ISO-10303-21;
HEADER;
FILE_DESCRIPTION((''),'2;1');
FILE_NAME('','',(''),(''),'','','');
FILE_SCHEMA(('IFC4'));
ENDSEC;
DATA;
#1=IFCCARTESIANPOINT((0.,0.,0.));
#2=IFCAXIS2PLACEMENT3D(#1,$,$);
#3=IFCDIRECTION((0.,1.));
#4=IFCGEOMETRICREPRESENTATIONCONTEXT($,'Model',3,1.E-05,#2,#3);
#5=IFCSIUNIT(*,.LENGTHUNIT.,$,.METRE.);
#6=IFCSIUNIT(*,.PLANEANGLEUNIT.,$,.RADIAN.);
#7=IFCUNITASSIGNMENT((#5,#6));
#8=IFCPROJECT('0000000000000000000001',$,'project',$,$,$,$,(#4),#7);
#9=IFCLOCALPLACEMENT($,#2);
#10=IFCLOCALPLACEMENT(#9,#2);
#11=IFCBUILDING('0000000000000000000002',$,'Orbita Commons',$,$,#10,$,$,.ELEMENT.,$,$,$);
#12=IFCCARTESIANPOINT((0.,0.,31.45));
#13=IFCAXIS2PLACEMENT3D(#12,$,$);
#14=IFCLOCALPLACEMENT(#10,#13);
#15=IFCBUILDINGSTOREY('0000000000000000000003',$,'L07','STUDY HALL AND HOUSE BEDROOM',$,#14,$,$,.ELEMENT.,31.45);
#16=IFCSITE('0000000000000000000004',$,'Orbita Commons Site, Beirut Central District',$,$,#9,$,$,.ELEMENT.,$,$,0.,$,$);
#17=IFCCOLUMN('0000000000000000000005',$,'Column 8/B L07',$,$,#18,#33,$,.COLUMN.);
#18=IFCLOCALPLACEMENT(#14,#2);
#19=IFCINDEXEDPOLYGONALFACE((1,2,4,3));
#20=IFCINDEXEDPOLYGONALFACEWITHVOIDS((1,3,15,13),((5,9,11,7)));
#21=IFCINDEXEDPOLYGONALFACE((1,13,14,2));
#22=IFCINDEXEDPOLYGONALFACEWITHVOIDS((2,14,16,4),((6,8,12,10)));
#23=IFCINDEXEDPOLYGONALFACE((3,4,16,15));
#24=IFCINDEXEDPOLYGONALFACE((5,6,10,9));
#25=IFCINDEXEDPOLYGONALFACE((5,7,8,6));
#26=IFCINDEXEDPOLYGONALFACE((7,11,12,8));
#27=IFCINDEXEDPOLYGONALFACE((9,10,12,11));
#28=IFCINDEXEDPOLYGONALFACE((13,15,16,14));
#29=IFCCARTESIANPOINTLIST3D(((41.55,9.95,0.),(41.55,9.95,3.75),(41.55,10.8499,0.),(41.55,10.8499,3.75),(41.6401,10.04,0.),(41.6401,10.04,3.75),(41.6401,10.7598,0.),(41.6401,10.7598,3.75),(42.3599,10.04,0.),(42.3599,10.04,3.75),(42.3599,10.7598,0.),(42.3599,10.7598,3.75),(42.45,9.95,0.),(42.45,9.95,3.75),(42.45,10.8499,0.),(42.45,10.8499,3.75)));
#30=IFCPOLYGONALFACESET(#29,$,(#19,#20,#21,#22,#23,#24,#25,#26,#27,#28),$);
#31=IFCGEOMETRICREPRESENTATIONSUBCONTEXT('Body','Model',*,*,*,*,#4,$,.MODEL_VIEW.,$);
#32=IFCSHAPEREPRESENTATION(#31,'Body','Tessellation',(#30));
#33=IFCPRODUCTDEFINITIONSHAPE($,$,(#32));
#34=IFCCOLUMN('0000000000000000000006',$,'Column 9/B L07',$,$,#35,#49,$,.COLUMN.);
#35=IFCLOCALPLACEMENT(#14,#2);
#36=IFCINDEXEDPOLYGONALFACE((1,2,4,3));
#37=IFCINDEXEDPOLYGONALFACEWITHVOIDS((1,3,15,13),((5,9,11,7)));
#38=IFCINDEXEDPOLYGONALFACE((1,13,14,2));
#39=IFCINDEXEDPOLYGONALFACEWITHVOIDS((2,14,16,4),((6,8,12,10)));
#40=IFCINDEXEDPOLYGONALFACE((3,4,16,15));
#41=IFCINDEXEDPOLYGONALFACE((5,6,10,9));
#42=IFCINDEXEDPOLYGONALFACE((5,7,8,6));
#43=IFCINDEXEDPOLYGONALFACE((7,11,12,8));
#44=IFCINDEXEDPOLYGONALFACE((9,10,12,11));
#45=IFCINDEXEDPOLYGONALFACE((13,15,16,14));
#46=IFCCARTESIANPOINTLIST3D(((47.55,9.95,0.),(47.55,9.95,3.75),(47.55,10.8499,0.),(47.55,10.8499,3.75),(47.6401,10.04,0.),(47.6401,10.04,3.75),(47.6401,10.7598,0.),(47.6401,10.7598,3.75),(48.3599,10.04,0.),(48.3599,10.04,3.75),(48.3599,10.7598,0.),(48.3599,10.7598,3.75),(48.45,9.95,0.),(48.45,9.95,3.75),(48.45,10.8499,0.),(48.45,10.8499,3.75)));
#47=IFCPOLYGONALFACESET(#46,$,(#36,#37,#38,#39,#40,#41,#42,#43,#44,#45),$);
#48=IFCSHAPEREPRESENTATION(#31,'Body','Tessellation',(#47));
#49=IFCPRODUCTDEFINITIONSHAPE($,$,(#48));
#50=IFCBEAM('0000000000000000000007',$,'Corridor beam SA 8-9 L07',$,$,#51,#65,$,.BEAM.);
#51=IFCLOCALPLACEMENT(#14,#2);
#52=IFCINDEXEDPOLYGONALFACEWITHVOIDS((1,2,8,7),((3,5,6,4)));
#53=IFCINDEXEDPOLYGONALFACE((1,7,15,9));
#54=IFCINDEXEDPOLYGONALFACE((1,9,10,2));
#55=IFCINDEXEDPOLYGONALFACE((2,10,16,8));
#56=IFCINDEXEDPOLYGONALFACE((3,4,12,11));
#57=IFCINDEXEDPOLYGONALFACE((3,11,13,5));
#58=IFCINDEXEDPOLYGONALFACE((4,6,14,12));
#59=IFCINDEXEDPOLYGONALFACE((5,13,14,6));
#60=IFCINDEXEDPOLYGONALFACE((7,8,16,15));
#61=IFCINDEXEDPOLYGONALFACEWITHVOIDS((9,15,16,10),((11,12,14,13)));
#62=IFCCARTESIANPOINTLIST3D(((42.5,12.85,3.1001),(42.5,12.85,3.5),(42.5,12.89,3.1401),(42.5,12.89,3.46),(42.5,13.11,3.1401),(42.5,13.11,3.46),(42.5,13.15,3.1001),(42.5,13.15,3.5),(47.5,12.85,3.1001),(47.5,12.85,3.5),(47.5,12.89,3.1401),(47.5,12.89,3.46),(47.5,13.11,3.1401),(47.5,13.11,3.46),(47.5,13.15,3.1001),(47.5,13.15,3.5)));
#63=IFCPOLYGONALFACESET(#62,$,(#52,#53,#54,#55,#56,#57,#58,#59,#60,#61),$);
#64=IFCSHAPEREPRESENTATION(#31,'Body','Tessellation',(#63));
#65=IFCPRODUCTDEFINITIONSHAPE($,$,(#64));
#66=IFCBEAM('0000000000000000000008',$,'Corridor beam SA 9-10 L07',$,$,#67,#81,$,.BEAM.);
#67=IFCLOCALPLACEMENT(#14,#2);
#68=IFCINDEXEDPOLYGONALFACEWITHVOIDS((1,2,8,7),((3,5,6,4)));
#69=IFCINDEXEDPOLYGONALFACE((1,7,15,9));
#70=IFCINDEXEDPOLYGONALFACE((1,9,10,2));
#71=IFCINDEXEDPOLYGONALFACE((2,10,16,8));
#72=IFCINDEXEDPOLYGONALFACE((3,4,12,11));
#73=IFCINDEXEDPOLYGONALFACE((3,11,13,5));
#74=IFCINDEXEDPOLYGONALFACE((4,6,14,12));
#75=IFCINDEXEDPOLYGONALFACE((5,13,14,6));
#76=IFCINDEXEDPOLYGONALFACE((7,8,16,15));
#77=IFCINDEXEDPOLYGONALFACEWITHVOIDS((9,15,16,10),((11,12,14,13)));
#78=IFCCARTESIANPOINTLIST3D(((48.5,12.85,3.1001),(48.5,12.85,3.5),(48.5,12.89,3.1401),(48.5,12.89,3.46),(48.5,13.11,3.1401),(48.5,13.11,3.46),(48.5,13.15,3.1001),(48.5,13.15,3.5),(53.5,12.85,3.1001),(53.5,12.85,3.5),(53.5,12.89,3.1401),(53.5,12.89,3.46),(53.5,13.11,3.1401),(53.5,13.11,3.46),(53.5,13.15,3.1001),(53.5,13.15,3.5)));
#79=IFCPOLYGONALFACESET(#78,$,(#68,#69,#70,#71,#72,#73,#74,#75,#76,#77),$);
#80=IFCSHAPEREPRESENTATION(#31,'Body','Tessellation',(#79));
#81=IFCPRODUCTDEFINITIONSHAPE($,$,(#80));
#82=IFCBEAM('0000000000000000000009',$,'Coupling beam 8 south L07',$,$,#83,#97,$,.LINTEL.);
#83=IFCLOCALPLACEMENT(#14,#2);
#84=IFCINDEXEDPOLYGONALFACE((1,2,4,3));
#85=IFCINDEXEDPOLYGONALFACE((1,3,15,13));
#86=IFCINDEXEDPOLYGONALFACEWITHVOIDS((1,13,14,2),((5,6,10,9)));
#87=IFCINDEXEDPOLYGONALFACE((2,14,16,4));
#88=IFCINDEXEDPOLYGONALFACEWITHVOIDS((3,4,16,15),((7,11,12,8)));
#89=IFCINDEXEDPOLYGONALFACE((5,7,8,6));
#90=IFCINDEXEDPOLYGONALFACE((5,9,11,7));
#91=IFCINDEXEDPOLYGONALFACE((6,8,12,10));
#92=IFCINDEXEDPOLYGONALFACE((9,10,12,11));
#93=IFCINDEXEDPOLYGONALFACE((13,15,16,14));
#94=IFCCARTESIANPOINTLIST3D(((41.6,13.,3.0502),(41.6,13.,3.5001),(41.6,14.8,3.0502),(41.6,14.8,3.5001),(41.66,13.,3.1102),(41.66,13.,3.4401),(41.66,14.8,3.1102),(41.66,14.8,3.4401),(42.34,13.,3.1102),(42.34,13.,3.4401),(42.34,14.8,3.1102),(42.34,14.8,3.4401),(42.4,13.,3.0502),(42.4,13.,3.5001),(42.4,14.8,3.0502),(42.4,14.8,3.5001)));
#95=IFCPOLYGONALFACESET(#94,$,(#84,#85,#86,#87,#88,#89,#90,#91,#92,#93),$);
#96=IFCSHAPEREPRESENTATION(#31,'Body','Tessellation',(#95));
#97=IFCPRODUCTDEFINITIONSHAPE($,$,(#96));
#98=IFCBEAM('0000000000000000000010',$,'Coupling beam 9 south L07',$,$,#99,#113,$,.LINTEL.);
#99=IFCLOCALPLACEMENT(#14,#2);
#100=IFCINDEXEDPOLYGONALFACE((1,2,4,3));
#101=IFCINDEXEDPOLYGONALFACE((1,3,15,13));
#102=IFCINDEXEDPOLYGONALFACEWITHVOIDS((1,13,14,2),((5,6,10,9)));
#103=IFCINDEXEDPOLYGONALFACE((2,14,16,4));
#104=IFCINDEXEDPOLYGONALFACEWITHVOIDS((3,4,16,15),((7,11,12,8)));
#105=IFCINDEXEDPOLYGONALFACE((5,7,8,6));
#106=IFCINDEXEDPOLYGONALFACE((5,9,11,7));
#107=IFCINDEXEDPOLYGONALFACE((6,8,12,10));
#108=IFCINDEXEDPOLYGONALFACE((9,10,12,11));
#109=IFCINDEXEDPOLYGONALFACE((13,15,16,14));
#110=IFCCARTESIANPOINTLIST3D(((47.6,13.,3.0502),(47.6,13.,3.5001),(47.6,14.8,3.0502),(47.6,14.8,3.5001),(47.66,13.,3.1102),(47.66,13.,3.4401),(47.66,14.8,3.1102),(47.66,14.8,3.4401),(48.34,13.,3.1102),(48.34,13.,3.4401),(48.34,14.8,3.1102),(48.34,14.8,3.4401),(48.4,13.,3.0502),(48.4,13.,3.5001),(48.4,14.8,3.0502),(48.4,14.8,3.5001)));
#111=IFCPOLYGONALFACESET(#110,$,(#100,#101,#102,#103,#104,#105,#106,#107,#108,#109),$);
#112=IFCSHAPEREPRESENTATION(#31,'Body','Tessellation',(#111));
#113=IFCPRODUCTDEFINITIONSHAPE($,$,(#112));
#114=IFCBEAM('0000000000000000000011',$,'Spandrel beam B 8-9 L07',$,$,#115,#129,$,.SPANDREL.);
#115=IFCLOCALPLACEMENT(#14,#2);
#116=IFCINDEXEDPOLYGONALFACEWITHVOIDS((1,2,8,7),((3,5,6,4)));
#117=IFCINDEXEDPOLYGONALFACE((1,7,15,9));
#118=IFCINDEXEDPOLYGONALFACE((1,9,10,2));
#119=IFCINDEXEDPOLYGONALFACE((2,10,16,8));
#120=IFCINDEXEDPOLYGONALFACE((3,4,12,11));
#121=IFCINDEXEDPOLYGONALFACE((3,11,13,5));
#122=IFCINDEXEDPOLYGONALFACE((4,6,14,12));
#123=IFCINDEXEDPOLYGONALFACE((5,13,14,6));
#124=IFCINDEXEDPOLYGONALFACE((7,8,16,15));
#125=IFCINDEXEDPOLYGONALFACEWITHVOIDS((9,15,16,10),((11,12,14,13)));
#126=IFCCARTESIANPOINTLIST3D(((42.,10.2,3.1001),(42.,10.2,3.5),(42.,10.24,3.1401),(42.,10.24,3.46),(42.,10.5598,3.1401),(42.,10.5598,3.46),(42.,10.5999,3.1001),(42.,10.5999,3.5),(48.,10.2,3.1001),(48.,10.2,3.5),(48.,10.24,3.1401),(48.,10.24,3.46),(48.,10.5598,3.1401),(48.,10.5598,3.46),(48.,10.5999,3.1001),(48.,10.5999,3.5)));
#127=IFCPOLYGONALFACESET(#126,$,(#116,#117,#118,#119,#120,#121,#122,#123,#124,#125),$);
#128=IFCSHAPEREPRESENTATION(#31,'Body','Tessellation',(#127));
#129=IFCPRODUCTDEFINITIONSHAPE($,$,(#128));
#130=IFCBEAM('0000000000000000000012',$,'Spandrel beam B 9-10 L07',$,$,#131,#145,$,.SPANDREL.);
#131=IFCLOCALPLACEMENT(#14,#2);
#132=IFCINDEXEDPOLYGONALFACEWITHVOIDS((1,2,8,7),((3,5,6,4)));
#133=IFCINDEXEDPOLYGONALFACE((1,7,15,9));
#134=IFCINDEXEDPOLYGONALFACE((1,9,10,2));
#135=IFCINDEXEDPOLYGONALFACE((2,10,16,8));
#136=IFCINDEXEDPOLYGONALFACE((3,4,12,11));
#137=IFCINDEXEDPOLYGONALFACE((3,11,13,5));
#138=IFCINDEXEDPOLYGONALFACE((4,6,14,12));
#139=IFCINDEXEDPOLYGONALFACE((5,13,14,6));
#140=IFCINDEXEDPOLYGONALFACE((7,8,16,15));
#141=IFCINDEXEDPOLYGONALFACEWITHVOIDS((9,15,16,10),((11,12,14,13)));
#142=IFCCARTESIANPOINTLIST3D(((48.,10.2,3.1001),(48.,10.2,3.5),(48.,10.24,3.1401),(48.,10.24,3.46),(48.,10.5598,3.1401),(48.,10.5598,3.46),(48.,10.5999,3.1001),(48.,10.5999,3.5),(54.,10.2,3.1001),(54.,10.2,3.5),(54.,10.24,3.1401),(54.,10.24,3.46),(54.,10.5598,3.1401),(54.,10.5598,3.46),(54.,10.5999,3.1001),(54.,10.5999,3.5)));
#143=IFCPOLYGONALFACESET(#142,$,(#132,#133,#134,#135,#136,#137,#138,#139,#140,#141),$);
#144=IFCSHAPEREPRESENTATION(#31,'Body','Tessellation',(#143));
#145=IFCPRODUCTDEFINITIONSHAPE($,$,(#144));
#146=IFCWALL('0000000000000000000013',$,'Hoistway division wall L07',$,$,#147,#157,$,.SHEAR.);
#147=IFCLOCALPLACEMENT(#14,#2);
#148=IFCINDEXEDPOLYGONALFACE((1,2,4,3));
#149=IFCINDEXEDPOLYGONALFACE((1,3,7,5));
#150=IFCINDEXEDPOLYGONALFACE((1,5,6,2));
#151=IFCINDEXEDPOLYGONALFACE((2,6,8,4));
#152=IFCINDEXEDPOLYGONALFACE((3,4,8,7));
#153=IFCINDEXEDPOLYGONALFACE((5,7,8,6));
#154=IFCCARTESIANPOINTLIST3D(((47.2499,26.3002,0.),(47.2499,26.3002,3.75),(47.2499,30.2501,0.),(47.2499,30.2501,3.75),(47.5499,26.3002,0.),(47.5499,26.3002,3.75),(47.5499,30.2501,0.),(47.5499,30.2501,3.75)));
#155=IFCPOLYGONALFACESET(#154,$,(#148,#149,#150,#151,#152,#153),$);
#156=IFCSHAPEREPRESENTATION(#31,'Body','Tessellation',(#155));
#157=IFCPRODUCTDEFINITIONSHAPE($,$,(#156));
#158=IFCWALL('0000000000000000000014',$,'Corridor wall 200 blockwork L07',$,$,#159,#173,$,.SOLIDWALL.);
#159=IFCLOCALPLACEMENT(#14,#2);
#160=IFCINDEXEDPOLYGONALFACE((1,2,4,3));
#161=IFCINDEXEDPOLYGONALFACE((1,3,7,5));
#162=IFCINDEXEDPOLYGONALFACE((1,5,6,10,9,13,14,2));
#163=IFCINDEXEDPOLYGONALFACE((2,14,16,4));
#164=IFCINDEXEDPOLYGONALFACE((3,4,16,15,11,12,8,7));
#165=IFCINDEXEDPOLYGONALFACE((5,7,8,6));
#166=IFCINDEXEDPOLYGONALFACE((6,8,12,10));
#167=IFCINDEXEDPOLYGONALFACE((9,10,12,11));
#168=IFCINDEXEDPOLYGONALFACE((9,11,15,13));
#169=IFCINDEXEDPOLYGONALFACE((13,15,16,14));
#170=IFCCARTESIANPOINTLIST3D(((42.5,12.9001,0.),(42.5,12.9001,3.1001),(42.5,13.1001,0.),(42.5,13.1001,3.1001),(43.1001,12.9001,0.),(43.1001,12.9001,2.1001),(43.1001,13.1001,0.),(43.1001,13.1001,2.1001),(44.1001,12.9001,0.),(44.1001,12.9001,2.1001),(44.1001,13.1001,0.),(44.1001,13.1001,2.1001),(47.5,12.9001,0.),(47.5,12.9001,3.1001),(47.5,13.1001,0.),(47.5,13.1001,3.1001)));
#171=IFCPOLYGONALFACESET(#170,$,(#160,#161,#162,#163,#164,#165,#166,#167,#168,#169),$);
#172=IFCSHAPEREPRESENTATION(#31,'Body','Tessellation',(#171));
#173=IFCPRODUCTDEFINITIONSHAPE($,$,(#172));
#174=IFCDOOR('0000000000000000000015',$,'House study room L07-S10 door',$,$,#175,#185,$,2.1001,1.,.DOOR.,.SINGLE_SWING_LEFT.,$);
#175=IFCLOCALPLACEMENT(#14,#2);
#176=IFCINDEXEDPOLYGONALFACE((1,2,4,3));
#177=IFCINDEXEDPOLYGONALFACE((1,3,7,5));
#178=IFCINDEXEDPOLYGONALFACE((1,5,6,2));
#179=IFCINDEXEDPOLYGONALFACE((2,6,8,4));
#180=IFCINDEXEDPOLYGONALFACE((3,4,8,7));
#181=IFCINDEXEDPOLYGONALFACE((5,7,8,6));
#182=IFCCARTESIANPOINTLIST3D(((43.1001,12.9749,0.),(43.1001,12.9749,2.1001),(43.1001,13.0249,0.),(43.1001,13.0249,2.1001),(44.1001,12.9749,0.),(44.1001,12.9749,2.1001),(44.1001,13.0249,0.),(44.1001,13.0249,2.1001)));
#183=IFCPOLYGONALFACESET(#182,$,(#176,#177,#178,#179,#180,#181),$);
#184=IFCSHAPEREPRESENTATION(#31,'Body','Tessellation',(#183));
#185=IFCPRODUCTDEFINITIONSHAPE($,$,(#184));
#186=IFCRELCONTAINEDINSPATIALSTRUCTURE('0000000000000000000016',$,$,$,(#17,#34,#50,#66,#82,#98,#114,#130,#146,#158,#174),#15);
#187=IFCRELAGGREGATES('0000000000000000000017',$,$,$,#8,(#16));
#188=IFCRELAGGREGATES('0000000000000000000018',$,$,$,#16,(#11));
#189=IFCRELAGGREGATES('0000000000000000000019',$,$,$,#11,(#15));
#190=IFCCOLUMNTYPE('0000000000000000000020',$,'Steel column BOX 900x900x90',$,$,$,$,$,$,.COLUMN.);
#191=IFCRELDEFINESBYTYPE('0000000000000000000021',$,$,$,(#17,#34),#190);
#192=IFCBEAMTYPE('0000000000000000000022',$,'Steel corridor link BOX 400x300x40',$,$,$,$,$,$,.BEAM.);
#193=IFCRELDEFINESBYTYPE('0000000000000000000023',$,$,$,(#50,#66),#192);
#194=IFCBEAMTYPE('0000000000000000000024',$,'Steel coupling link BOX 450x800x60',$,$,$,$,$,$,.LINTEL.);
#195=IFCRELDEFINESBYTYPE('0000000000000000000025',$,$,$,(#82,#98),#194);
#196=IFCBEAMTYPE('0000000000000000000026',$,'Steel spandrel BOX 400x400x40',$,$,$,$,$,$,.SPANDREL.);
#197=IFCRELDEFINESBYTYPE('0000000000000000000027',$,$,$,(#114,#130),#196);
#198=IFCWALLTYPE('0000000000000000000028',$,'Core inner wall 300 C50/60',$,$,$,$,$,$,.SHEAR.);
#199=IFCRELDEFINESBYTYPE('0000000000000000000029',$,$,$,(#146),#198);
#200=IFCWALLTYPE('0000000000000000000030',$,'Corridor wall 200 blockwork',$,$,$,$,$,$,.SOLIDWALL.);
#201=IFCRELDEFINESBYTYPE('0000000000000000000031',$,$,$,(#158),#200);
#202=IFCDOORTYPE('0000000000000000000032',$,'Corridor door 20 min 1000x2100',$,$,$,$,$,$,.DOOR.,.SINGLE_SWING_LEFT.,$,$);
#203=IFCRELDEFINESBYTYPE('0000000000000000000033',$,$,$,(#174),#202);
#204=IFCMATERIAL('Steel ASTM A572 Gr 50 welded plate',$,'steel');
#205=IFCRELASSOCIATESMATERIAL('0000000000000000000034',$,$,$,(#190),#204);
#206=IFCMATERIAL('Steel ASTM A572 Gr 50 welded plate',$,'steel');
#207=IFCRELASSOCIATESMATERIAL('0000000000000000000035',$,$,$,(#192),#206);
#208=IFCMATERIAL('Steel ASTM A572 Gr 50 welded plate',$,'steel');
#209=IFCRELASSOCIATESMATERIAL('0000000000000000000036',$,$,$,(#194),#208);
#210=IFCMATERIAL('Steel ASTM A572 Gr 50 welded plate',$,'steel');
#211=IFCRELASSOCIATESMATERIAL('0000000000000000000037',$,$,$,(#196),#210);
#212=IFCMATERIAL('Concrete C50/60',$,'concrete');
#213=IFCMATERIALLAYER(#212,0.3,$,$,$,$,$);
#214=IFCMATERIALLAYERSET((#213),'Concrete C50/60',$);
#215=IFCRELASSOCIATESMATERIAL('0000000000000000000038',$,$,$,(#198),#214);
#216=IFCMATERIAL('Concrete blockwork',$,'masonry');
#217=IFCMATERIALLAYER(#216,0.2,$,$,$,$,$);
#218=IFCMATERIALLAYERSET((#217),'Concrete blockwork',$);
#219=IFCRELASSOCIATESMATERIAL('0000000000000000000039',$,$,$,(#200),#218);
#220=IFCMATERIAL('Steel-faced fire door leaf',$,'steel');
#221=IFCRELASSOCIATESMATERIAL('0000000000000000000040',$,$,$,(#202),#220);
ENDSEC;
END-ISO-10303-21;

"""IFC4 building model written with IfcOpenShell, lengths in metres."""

from ifc_helpers import new_model, si_unit, direction, frame, frame_2d, origin, origin_2d, place, context, subcontext, project, spatial, polyline, rectangle, hollow_rectangle, outline, extrude, material, layer, layer_set, material_profile, profile_set, type_object, element, fill, save


model = new_model("IFC4")

# Units and contexts
model_context = context("Model", 3, precision=1e-05, world=origin(), true_north=direction((0.0, 1.0)))
body_context = subcontext(model_context, "Body", "Model", "MODEL_VIEW")
ifc_project = project(units=[si_unit("LENGTHUNIT", "METRE"), si_unit("PLANEANGLEUNIT", "RADIAN")], contexts=[model_context])

# Site, building, storey
site_placement = place(None, origin())
site = spatial("IfcSite", under=ifc_project, at=site_placement, Name="Orbita Commons Site, Beirut Central District", CompositionType="ELEMENT", RefElevation=0.0)
building_placement = place(site_placement, origin())
building = spatial("IfcBuilding", under=site, at=building_placement, Name="Orbita Commons", CompositionType="ELEMENT")
storey_placement = place(building_placement, frame((0.0, 0.0, 31.45)))
storey = spatial("IfcBuildingStorey", under=building, at=storey_placement, Name="L07", Description="STUDY HALL AND HOUSE BEDROOM", CompositionType="ELEMENT", Elevation=31.45)

# Columns
ifc_material_1 = material(Name="Steel ASTM A572 Gr 50 welded plate", Category="steel")
ifc_material_profile_1 = material_profile(ifc_material_1, hollow_rectangle(XDim=0.8999, YDim=0.8999, WallThickness=0.0901, at=origin_2d()), Name="BOX 900x900x90")
ifc_profile_set_1 = profile_set([ifc_material_profile_1], Name="Steel ASTM A572 Gr 50 welded plate")
column_type = type_object("IfcColumnType", Name="Steel column BOX 900x900x90", PredefinedType="COLUMN", material=ifc_profile_set_1)
for number, where, z_axis, x_axis, name in (
    (1, (42.0, 10.3999, 0.0), (0.0, 0.0, 1.0), (1.0, 0.0, 0.0), "Column 8/B L07"),
    (2, (48.0, 10.3999, 0.0), (0.0, 0.0, 1.0), (1.0, 0.0, 0.0), "Column 9/B L07"),
):
    element("IfcColumn", number, at=place(storey_placement, frame(where, z_axis=z_axis, x_axis=x_axis)), inside=storey, type_object=column_type, Name=name, PredefinedType="COLUMN", context=body_context, shape_type="SweptSolid", body=[
        extrude(hollow_rectangle(XDim=0.8999, YDim=0.8999, WallThickness=0.0901, at=origin_2d()), origin(), (0.0, 0.0, 1.0), 3.75),
    ])

# Beams
ifc_material_2 = material(Name="Steel ASTM A572 Gr 50 welded plate", Category="steel")
ifc_material_profile_2 = material_profile(ifc_material_2, hollow_rectangle(XDim=0.3, YDim=0.3999, WallThickness=0.04, at=origin_2d()), Name="BOX 400x300x40")
ifc_profile_set_2 = profile_set([ifc_material_profile_2], Name="Steel ASTM A572 Gr 50 welded plate")
beam_type_1 = type_object("IfcBeamType", Name="Steel corridor link BOX 400x300x40", PredefinedType="BEAM", material=ifc_profile_set_2)
for number, where, z_axis, x_axis, name in (
    (3, (42.5, 13.0, 3.3), (1.0, 0.0, 0.0), (0.0, 1.0, 0.0), "Corridor beam SA 8-9 L07"),
    (4, (48.5, 13.0, 3.3), (1.0, 0.0, 0.0), (0.0, 1.0, 0.0), "Corridor beam SA 9-10 L07"),
):
    element("IfcBeam", number, at=place(storey_placement, frame(where, z_axis=z_axis, x_axis=x_axis)), inside=storey, type_object=beam_type_1, Name=name, PredefinedType="BEAM", context=body_context, shape_type="SweptSolid", body=[
        extrude(hollow_rectangle(XDim=0.3, YDim=0.3999, WallThickness=0.04, at=origin_2d()), origin(), (0.0, 0.0, 1.0), 5.0),
    ])
ifc_material_3 = material(Name="Steel ASTM A572 Gr 50 welded plate", Category="steel")
ifc_material_profile_3 = material_profile(ifc_material_3, hollow_rectangle(XDim=0.8, YDim=0.45, WallThickness=0.0601, at=origin_2d()), Name="BOX 450x800x60")
ifc_profile_set_3 = profile_set([ifc_material_profile_3], Name="Steel ASTM A572 Gr 50 welded plate")
beam_type_2 = type_object("IfcBeamType", Name="Steel coupling link BOX 450x800x60", PredefinedType="LINTEL", material=ifc_profile_set_3)
for number, where, z_axis, x_axis, name in (
    (5, (42.0, 13.0, 3.2751), (0.0, 1.0, 0.0), (-1.0, 0.0, 0.0), "Coupling beam 8 south L07"),
    (6, (48.0, 13.0, 3.2751), (0.0, 1.0, 0.0), (-1.0, 0.0, 0.0), "Coupling beam 9 south L07"),
):
    element("IfcBeam", number, at=place(storey_placement, frame(where, z_axis=z_axis, x_axis=x_axis)), inside=storey, type_object=beam_type_2, Name=name, PredefinedType="LINTEL", context=body_context, shape_type="SweptSolid", body=[
        extrude(hollow_rectangle(XDim=0.8, YDim=0.45, WallThickness=0.0601, at=origin_2d()), origin(), (0.0, 0.0, 1.0), 1.8),
    ])
ifc_material_4 = material(Name="Steel ASTM A572 Gr 50 welded plate", Category="steel")
ifc_material_profile_4 = material_profile(ifc_material_4, hollow_rectangle(XDim=0.3999, YDim=0.3999, WallThickness=0.04, at=origin_2d()), Name="BOX 400x400x40")
ifc_profile_set_4 = profile_set([ifc_material_profile_4], Name="Steel ASTM A572 Gr 50 welded plate")
beam_type_3 = type_object("IfcBeamType", Name="Steel spandrel BOX 400x400x40", PredefinedType="SPANDREL", material=ifc_profile_set_4)
for number, where, z_axis, x_axis, name in (
    (7, (42.0, 10.3999, 3.3), (1.0, 0.0, 0.0), (0.0, 1.0, 0.0), "Spandrel beam B 8-9 L07"),
    (8, (48.0, 10.3999, 3.3), (1.0, 0.0, 0.0), (0.0, 1.0, 0.0), "Spandrel beam B 9-10 L07"),
):
    element("IfcBeam", number, at=place(storey_placement, frame(where, z_axis=z_axis, x_axis=x_axis)), inside=storey, type_object=beam_type_3, Name=name, PredefinedType="SPANDREL", context=body_context, shape_type="SweptSolid", body=[
        extrude(hollow_rectangle(XDim=0.3999, YDim=0.3999, WallThickness=0.04, at=origin_2d()), origin(), (0.0, 0.0, 1.0), 6.0),
    ])

# Wall
ifc_material_5 = material(Name="Concrete C50/60", Category="concrete")
ifc_layer_1 = layer(ifc_material_5, 0.3)
ifc_layer_set_1 = layer_set([ifc_layer_1], Name="Concrete C50/60")
wall_type_1 = type_object("IfcWallType", Name="Core inner wall 300 C50/60", PredefinedType="SHEAR", material=ifc_layer_set_1)
wall_1_placement = place(storey_placement, frame((47.3999, 26.3, 0.0), z_axis=(0.0, 0.0, 1.0), x_axis=(0.0, 1.0, 0.0)))
element("IfcWall", 9, at=wall_1_placement, inside=storey, type_object=wall_type_1, Name="Hoistway division wall L07", PredefinedType="SHEAR", context=body_context, shape_type="SweptSolid", body=[
    extrude(rectangle(XDim=3.95, YDim=0.3, at=frame_2d((1.9751, 0.0))), origin(), (0.0, 0.0, 1.0), 3.75),
])

# Wall, opening, door
ifc_material_6 = material(Name="Concrete blockwork", Category="masonry")
ifc_layer_2 = layer(ifc_material_6, 0.2)
ifc_layer_set_2 = layer_set([ifc_layer_2], Name="Concrete blockwork")
wall_type_2 = type_object("IfcWallType", Name="Corridor wall 200 blockwork", PredefinedType="SOLIDWALL", material=ifc_layer_set_2)
wall_2_placement = place(storey_placement, frame((42.5, 13.0, 0.0), z_axis=(0.0, 0.0, 1.0), x_axis=(1.0, 0.0, 0.0)))
wall_2 = element("IfcWall", 10, at=wall_2_placement, inside=storey, type_object=wall_type_2, Name="Corridor wall 200 blockwork L07", PredefinedType="SOLIDWALL", context=body_context, shape_type="SweptSolid", body=[
    extrude(outline(polyline([(0.0, 0.0), (5.0, 0.0), (5.0, 3.1001), (0.0, 3.1001), (0.0, 0.0)])), frame((0.0, 0.1001, 0.0), z_axis=(0.0, -1.0, 0.0), x_axis=(1.0, 0.0, 0.0)), (0.0, 0.0, 1.0), 0.2),
])
opening_1_placement = place(wall_2_placement, frame((0.6001, 0.0, 0.0)))
opening_1 = element("IfcOpeningElement", 11, at=opening_1_placement, cuts=wall_2, PredefinedType="OPENING", context=body_context, shape_type="SweptSolid", body=[
    extrude(rectangle(XDim=1.0, YDim=2.1001, at=frame_2d((0.5, 1.05))), frame((0.0, 0.1099, 0.0), z_axis=(0.0, -1.0, 0.0), x_axis=(1.0, 0.0, 0.0)), (0.0, 0.0, 1.0), 0.22),
])
ifc_material_7 = material(Name="Steel-faced fire door leaf", Category="steel")
door_type_1 = type_object("IfcDoorType", Name="Corridor door 20 min 1000x2100", OperationType="SINGLE_SWING_LEFT", PredefinedType="DOOR", material=ifc_material_7)
door_1_placement = place(opening_1_placement, origin())
door_1 = element("IfcDoor", 12, at=door_1_placement, inside=storey, type_object=door_type_1, Name="House study room L07-S10 door", OperationType="SINGLE_SWING_LEFT", OverallHeight=2.1001, OverallWidth=1.0, PredefinedType="DOOR", context=body_context, shape_type="SweptSolid", body=[
    extrude(rectangle(XDim=1.0, YDim=2.1001, at=frame_2d((0.5, 1.05))), frame((0.0, 0.0249, 0.0), z_axis=(0.0, -1.0, 0.0), x_axis=(1.0, 0.0, 0.0)), (0.0, 0.0, 1.0), 0.05),
])
fill(opening_1, door_1)

save(model, "model.ifc")
